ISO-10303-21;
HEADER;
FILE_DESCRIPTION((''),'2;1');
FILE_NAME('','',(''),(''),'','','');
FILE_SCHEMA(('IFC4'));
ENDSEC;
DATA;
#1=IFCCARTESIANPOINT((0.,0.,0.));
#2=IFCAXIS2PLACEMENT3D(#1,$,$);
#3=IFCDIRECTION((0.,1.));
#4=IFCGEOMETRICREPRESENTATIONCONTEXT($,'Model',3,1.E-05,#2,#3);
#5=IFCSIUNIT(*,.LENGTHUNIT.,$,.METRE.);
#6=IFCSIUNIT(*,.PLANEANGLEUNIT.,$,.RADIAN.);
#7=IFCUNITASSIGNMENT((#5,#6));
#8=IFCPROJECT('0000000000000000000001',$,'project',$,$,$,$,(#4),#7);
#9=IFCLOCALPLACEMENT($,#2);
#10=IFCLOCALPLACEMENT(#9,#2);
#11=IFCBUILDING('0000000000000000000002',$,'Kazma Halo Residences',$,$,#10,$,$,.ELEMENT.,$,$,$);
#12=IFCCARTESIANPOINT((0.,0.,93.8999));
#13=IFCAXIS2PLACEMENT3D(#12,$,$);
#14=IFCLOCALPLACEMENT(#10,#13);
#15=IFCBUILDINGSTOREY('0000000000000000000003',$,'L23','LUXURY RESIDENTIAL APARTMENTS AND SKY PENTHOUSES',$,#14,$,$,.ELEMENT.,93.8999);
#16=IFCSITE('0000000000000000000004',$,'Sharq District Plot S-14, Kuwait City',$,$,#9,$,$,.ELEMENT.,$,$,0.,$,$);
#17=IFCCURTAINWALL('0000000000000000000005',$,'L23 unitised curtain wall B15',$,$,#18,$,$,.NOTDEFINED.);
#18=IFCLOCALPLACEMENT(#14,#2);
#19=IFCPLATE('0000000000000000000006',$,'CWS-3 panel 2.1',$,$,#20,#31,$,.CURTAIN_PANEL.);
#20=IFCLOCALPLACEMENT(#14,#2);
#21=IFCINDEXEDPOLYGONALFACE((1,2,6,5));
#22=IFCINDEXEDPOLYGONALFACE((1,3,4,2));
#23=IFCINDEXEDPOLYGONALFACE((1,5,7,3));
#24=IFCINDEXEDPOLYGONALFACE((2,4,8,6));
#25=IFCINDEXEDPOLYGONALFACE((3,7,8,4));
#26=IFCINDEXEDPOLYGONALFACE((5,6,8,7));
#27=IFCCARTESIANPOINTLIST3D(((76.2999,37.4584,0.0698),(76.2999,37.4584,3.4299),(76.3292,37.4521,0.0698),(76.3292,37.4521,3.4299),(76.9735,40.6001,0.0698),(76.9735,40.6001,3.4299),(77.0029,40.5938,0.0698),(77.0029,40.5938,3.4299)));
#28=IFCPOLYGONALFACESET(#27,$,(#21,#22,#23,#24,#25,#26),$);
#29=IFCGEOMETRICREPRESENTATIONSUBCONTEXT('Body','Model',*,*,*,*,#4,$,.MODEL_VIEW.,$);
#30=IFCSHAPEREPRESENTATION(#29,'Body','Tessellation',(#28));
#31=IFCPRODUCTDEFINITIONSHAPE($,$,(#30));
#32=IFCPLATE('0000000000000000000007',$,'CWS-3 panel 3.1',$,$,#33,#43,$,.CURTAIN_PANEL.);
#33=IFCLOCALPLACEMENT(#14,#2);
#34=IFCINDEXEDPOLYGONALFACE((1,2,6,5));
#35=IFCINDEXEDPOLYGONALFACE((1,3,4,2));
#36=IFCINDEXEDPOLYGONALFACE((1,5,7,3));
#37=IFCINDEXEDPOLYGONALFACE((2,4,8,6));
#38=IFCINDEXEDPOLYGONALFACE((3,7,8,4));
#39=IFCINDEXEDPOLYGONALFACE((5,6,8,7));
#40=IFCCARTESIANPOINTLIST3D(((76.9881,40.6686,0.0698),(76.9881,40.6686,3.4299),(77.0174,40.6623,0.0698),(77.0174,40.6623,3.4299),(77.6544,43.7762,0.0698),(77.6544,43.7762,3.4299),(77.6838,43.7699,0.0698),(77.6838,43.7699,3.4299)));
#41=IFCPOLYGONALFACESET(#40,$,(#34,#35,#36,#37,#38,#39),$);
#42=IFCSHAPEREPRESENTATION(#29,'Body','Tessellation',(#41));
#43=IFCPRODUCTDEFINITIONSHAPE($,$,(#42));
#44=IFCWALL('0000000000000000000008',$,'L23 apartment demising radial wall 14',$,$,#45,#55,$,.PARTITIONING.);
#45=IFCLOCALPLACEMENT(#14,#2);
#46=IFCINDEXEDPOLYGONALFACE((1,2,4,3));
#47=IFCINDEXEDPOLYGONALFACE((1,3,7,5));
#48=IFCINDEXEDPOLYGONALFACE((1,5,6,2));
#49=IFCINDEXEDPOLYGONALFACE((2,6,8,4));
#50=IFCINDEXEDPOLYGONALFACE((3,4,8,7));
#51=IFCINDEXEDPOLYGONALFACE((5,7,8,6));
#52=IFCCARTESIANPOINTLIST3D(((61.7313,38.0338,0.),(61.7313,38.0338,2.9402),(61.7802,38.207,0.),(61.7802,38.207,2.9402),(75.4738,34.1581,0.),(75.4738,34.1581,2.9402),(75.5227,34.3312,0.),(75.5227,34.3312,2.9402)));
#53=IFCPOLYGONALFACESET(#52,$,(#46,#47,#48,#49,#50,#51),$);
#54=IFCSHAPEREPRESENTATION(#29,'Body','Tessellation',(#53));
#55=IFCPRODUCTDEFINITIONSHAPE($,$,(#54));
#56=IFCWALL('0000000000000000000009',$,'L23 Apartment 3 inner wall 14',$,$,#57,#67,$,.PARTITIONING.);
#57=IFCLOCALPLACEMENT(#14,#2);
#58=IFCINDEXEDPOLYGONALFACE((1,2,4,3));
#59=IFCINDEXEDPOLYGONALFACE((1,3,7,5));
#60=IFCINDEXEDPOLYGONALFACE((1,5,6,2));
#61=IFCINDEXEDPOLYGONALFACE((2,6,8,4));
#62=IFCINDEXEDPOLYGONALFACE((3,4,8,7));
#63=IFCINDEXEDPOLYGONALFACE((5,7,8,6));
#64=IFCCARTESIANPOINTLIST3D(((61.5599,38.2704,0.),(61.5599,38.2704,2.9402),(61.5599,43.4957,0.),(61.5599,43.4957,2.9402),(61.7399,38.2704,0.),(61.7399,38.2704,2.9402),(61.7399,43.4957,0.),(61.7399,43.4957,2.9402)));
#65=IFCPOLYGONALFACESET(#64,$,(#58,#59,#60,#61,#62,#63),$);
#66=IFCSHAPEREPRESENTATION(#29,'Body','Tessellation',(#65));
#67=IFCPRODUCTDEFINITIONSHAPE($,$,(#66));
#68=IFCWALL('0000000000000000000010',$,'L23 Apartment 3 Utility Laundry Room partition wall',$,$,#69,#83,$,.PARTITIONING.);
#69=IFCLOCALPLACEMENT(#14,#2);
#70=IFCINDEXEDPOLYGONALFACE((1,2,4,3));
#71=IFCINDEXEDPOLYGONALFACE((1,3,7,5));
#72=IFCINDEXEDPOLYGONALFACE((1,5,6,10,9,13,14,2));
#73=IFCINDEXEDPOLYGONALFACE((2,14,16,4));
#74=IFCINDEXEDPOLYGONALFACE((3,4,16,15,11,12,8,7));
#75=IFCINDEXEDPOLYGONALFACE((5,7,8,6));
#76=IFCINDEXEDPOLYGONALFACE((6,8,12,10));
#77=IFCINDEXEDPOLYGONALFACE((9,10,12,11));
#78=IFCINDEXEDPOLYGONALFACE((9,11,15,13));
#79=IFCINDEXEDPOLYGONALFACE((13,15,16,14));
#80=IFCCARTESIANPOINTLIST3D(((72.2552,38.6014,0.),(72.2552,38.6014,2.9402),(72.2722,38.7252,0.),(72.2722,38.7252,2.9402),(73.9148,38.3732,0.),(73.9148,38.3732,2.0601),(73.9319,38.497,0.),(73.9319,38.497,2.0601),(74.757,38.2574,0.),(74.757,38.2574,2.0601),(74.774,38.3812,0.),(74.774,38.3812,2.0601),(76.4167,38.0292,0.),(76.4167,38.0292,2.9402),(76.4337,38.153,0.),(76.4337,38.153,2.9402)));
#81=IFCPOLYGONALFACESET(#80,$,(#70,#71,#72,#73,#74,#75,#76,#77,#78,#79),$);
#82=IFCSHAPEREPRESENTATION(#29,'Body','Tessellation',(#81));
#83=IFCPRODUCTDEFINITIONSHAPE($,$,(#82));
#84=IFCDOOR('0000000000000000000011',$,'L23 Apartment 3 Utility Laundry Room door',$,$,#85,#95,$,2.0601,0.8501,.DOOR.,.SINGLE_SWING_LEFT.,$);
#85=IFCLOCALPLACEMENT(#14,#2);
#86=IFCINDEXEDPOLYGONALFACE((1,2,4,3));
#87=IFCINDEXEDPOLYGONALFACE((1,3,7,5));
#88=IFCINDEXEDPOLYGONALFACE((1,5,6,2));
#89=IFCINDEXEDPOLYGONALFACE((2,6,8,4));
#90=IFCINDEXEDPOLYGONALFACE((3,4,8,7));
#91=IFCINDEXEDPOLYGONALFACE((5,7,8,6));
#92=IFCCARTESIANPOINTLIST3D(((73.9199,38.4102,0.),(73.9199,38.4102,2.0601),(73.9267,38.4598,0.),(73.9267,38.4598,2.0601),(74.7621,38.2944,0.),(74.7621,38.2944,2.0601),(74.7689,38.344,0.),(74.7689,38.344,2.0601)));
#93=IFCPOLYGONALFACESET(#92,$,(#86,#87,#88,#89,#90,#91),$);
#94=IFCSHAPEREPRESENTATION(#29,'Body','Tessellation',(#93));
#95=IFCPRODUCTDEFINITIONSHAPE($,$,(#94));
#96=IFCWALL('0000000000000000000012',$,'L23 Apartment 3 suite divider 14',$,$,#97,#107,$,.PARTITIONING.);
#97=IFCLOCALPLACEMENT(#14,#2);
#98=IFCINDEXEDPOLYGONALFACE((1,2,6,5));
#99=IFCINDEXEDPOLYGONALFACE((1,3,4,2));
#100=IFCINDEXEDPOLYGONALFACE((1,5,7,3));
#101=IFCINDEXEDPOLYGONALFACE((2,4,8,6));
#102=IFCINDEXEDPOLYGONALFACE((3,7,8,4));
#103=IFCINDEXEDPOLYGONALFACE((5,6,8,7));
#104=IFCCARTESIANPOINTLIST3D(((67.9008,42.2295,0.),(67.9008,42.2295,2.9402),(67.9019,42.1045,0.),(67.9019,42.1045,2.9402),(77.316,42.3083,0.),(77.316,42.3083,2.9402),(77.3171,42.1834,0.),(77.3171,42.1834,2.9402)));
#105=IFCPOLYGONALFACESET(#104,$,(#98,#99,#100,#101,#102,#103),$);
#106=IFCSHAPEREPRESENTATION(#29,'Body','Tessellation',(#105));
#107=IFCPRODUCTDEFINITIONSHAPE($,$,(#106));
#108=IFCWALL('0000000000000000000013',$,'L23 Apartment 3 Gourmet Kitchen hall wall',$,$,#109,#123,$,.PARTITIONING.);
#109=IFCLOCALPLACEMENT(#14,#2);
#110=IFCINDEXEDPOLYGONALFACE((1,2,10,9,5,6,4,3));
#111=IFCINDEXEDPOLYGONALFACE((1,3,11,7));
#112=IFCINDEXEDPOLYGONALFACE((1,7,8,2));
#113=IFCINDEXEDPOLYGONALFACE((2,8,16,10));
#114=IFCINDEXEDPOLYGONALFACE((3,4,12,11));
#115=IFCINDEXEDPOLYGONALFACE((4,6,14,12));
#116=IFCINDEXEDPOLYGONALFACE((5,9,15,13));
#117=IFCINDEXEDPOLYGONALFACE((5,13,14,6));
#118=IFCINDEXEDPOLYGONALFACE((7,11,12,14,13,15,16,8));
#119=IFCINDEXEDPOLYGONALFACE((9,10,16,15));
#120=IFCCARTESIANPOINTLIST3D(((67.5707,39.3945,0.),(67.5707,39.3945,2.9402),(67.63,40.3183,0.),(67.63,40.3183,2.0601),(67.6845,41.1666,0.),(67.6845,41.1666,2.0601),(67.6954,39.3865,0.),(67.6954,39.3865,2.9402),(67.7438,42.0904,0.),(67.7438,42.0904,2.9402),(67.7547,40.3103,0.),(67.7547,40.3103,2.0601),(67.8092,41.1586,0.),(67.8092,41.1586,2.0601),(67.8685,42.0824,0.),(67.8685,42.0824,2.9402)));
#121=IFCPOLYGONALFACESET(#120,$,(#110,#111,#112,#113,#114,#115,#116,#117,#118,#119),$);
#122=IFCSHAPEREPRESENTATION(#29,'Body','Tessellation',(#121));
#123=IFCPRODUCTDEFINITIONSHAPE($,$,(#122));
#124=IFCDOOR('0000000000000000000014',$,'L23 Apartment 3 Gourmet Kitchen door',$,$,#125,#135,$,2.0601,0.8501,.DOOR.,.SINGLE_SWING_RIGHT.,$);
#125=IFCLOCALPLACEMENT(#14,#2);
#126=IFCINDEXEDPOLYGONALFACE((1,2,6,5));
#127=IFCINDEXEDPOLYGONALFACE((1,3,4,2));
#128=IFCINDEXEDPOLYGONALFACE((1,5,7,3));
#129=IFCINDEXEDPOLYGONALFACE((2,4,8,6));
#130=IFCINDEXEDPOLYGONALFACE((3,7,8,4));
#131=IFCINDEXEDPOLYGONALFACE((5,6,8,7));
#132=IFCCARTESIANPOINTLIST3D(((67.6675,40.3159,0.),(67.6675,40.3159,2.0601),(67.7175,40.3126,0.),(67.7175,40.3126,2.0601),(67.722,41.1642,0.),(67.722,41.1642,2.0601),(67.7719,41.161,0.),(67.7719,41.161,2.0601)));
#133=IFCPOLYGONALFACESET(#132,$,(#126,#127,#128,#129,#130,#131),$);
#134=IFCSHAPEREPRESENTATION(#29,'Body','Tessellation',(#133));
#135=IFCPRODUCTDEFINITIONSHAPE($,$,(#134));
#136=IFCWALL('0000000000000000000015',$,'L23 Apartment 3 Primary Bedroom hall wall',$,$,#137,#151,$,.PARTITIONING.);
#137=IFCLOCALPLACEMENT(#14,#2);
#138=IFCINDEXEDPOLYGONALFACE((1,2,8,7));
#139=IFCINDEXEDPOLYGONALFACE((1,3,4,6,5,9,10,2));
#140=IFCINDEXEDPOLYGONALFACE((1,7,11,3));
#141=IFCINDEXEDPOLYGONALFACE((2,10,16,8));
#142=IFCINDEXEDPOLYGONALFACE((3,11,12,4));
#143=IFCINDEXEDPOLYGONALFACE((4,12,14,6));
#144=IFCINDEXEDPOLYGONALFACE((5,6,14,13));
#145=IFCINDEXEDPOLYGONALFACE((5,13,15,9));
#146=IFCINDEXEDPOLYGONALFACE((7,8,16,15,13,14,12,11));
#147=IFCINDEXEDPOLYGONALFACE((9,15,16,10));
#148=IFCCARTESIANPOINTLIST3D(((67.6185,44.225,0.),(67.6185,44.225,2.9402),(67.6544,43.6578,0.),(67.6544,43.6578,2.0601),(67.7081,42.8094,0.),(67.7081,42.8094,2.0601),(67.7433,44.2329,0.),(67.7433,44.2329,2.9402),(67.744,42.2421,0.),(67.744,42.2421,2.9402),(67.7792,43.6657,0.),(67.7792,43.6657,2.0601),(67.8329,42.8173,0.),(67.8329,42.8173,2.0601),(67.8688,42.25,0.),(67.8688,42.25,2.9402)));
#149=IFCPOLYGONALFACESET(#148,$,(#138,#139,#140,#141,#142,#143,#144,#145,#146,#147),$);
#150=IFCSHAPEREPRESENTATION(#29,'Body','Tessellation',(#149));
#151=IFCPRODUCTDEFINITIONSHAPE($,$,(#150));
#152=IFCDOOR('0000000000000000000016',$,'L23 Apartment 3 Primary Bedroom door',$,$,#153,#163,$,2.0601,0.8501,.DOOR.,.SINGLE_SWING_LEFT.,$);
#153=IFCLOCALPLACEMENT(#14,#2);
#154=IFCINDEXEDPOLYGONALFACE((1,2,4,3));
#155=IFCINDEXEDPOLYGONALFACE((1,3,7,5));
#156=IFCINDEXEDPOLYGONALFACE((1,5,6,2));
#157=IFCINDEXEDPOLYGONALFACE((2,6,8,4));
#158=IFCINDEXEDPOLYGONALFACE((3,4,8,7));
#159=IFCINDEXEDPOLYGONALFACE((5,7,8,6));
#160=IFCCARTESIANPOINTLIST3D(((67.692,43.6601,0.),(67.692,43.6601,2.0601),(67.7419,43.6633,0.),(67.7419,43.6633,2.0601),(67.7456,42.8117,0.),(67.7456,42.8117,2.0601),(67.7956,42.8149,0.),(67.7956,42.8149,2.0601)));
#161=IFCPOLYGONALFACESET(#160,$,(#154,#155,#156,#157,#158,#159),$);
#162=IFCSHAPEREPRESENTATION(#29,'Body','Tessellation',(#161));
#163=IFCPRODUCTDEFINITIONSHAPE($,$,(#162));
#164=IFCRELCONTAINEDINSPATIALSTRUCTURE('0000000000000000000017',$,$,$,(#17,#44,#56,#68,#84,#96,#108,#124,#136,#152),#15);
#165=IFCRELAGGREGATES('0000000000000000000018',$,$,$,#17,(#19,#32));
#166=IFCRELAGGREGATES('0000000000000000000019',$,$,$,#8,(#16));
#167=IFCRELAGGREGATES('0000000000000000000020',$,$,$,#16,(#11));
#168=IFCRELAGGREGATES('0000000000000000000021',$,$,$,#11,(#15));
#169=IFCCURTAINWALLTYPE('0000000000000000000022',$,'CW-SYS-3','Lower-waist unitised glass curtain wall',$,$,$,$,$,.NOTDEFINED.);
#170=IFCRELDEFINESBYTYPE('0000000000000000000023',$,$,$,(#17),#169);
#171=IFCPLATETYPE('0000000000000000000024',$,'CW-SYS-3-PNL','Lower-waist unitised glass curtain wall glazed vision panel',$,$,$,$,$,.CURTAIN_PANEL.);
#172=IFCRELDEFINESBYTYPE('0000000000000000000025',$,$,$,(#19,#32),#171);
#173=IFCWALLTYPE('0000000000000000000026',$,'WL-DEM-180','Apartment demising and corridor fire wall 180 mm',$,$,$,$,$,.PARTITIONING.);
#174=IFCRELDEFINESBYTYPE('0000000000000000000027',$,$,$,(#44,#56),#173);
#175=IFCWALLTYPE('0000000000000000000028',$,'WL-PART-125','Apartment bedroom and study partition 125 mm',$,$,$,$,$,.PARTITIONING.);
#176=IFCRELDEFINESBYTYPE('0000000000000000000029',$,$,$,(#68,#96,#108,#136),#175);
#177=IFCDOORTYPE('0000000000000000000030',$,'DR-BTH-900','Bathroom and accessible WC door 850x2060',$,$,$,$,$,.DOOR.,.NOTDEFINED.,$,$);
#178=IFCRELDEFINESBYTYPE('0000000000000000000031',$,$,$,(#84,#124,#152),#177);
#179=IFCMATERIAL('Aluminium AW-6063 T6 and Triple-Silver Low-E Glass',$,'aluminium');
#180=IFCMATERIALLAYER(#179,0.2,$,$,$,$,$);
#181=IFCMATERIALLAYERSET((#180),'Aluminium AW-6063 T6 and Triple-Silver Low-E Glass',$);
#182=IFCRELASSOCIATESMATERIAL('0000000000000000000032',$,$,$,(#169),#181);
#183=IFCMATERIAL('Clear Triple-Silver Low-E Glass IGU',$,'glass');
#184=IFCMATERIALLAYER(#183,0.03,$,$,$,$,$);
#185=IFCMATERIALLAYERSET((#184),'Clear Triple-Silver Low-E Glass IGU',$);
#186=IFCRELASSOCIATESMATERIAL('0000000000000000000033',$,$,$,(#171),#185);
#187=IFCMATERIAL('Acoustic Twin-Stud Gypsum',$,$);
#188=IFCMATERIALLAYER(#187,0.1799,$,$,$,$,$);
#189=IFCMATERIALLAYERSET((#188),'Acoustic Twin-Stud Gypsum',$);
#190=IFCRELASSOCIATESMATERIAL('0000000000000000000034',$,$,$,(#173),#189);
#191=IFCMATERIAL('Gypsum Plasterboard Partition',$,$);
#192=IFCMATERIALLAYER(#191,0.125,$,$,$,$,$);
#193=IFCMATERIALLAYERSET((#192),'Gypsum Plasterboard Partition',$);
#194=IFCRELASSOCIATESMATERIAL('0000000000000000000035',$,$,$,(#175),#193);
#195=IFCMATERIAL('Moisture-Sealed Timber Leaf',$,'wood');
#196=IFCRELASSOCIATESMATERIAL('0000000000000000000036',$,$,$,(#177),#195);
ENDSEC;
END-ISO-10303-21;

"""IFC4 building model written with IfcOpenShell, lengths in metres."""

from ifc_helpers import new_model, si_unit, direction, frame, frame_2d, origin, origin_2d, place, context, subcontext, project, spatial, rectangle, extrude, material, layer, layer_set, type_object, element, fill, aggregate, save


model = new_model("IFC4")

# Units and contexts
model_context = context("Model", 3, precision=1e-05, world=origin(), true_north=direction((0.0, 1.0)))
body_context = subcontext(model_context, "Body", "Model", "MODEL_VIEW")
ifc_project = project(units=[si_unit("LENGTHUNIT", "METRE"), si_unit("PLANEANGLEUNIT", "RADIAN")], contexts=[model_context])

# Site, building, storey
site_placement = place(None, origin())
site = spatial("IfcSite", under=ifc_project, at=site_placement, Name="Sharq District Plot S-14, Kuwait City", CompositionType="ELEMENT", RefElevation=0.0)
building_placement = place(site_placement, origin())
building = spatial("IfcBuilding", under=site, at=building_placement, Name="Kazma Halo Residences", CompositionType="ELEMENT")
storey_placement = place(building_placement, frame((0.0, 0.0, 93.8999)))
storey = spatial("IfcBuildingStorey", under=building, at=storey_placement, Name="L23", Description="LUXURY RESIDENTIAL APARTMENTS AND SKY PENTHOUSES", CompositionType="ELEMENT", Elevation=93.8999)

# Curtain wall, plates
ifc_material_1 = material(Name="Aluminium AW-6063 T6 and Triple-Silver Low-E Glass", Category="aluminium")
ifc_layer_1 = layer(ifc_material_1, 0.2)
ifc_layer_set_1 = layer_set([ifc_layer_1], Name="Aluminium AW-6063 T6 and Triple-Silver Low-E Glass")
curtain_wall_type = type_object("IfcCurtainWallType", Name="CW-SYS-3", Description="Lower-waist unitised glass curtain wall", PredefinedType="NOTDEFINED", material=ifc_layer_set_1)
curtain_wall_placement = place(storey_placement, origin())
curtain_wall = element("IfcCurtainWall", 1, at=curtain_wall_placement, inside=storey, type_object=curtain_wall_type, Name="L23 unitised curtain wall B15", PredefinedType="NOTDEFINED")
ifc_material_2 = material(Name="Clear Triple-Silver Low-E Glass IGU", Category="glass")
ifc_layer_2 = layer(ifc_material_2, 0.03)
ifc_layer_set_2 = layer_set([ifc_layer_2], Name="Clear Triple-Silver Low-E Glass IGU")
plate_type = type_object("IfcPlateType", Name="CW-SYS-3-PNL", Description="Lower-waist unitised glass curtain wall glazed vision panel", PredefinedType="CURTAIN_PANEL", material=ifc_layer_set_2)
plate_1_placement = place(storey_placement, frame((76.6514, 39.0261, 0.0698), z_axis=(0.0, 0.0, 1.0), x_axis=(0.209661, 0.977774, 0.0)))
plate_1 = element("IfcPlate", 2, at=plate_1_placement, type_object=plate_type, Name="CWS-3 panel 2.1", PredefinedType="CURTAIN_PANEL", context=body_context, shape_type="SweptSolid", body=[
    extrude(rectangle(XDim=3.2131, YDim=0.03, at=origin_2d()), origin(), (0.0, 0.0, 1.0), 3.3601),
])
plate_2_placement = place(storey_placement, frame((77.3359, 42.2192, 0.0698), z_axis=(0.0, 0.0, 1.0), x_axis=(0.209661, 0.977774, 0.0)))
plate_2 = element("IfcPlate", 3, at=plate_2_placement, type_object=plate_type, Name="CWS-3 panel 3.1", PredefinedType="CURTAIN_PANEL", context=body_context, shape_type="SweptSolid", body=[
    extrude(rectangle(XDim=3.1782, YDim=0.03, at=origin_2d()), origin(), (0.0, 0.0, 1.0), 3.3601),
])
aggregate(curtain_wall, [plate_1, plate_2])

# Walls
ifc_material_3 = material(Name="Acoustic Twin-Stud Gypsum")
ifc_layer_3 = layer(ifc_material_3, 0.1799)
ifc_layer_set_3 = layer_set([ifc_layer_3], Name="Acoustic Twin-Stud Gypsum")
wall_type_1 = type_object("IfcWallType", Name="WL-DEM-180", Description="Apartment demising and corridor fire wall 180 mm", PredefinedType="PARTITIONING", material=ifc_layer_set_3)
wall_1_placement = place(storey_placement, frame((61.7559, 38.1204, 0.0), z_axis=(0.0, 0.0, 1.0), x_axis=(0.962456, -0.271438, 0.0)))
element("IfcWall", 4, at=wall_1_placement, inside=storey, type_object=wall_type_1, Name="L23 apartment demising radial wall 14", PredefinedType="PARTITIONING", context=body_context, shape_type="SweptSolid", body=[
    extrude(rectangle(XDim=14.2786, YDim=0.1799, at=frame_2d((7.1392, 0.0))), origin(), (0.0, 0.0, 1.0), 2.9402),
])
wall_2_placement = place(storey_placement, frame((61.6499, 38.2703, 0.0), z_axis=(0.0, 0.0, 1.0), x_axis=(0.0, 1.0, 0.0)))
element("IfcWall", 5, at=wall_2_placement, inside=storey, type_object=wall_type_1, Name="L23 Apartment 3 inner wall 14", PredefinedType="PARTITIONING", context=body_context, shape_type="SweptSolid", body=[
    extrude(rectangle(XDim=5.2253, YDim=0.1799, at=frame_2d((2.6128, 0.0))), origin(), (0.0, 0.0, 1.0), 2.9402),
])

# Wall, opening, door
ifc_material_4 = material(Name="Gypsum Plasterboard Partition")
ifc_layer_4 = layer(ifc_material_4, 0.125)
ifc_layer_set_4 = layer_set([ifc_layer_4], Name="Gypsum Plasterboard Partition")
wall_type_2 = type_object("IfcWallType", Name="WL-PART-125", Description="Apartment bedroom and study partition 125 mm", PredefinedType="PARTITIONING", material=ifc_layer_set_4)
wall_3_placement = place(storey_placement, frame((72.2637, 38.6633, 0.0), z_axis=(0.0, 0.0, 1.0), x_axis=(0.990677, -0.136228, 0.0)))
wall_3 = element("IfcWall", 6, at=wall_3_placement, inside=storey, type_object=wall_type_2, Name="L23 Apartment 3 Utility Laundry Room partition wall", PredefinedType="PARTITIONING", context=body_context, shape_type="SweptSolid", body=[
    extrude(rectangle(XDim=4.2007, YDim=0.125, at=frame_2d((2.1003, 0.0))), origin(), (0.0, 0.0, 1.0), 2.9402),
])
opening_1_placement = place(wall_3_placement, frame((1.6753, 0.0, 0.0)))
opening_1 = element("IfcOpeningElement", 7, at=opening_1_placement, cuts=wall_3, PredefinedType="OPENING", context=body_context, shape_type="SweptSolid", body=[
    extrude(rectangle(XDim=0.8501, YDim=2.0601, at=frame_2d((0.425, 1.03))), frame((0.0, 0.0725, 0.0), z_axis=(0.0, -1.0, 0.0), x_axis=(1.0, 0.0, 0.0)), (0.0, 0.0, 1.0), 0.145),
])
ifc_material_5 = material(Name="Moisture-Sealed Timber Leaf", Category="wood")
door_type = type_object("IfcDoorType", Name="DR-BTH-900", Description="Bathroom and accessible WC door 850x2060", OperationType="NOTDEFINED", PredefinedType="DOOR", material=ifc_material_5)
door_1_placement = place(opening_1_placement, origin())
door_1 = element("IfcDoor", 8, at=door_1_placement, inside=storey, type_object=door_type, Name="L23 Apartment 3 Utility Laundry Room door", OperationType="SINGLE_SWING_LEFT", OverallHeight=2.0601, OverallWidth=0.8501, PredefinedType="DOOR", context=body_context, shape_type="SweptSolid", body=[
    extrude(rectangle(XDim=0.8501, YDim=2.0601, at=frame_2d((0.425, 1.03))), frame((0.0, 0.0249, 0.0), z_axis=(0.0, -1.0, 0.0), x_axis=(1.0, 0.0, 0.0)), (0.0, 0.0, 1.0), 0.05),
])
fill(opening_1, door_1)

# Wall
wall_4_placement = place(storey_placement, frame((67.9014, 42.167, 0.0), z_axis=(0.0, 0.0, 1.0), x_axis=(0.999965, 0.008375, 0.0)))
element("IfcWall", 9, at=wall_4_placement, inside=storey, type_object=wall_type_2, Name="L23 Apartment 3 suite divider 14", PredefinedType="PARTITIONING", context=body_context, shape_type="SweptSolid", body=[
    extrude(rectangle(XDim=9.4155, YDim=0.125, at=frame_2d((4.7078, 0.0))), origin(), (0.0, 0.0, 1.0), 2.9402),
])

# Walls, openings, doors
wall_5_placement = place(storey_placement, frame((67.6331, 39.3906, 0.0), z_axis=(0.0, 0.0, 1.0), x_axis=(0.064077, 0.997945, 0.0)))
wall_5 = element("IfcWall", 10, at=wall_5_placement, inside=storey, type_object=wall_type_2, Name="L23 Apartment 3 Gourmet Kitchen hall wall", PredefinedType="PARTITIONING", context=body_context, shape_type="SweptSolid", body=[
    extrude(rectangle(XDim=2.7014, YDim=0.125, at=frame_2d((1.3506, 0.0))), origin(), (0.0, 0.0, 1.0), 2.9402),
])
opening_2_placement = place(wall_5_placement, frame((0.9255, 0.0, 0.0)))
opening_2 = element("IfcOpeningElement", 11, at=opening_2_placement, cuts=wall_5, PredefinedType="OPENING", context=body_context, shape_type="SweptSolid", body=[
    extrude(rectangle(XDim=0.8501, YDim=2.0601, at=frame_2d((0.425, 1.03))), frame((0.0, 0.0725, 0.0), z_axis=(0.0, -1.0, 0.0), x_axis=(1.0, 0.0, 0.0)), (0.0, 0.0, 1.0), 0.145),
])
door_2_placement = place(opening_2_placement, origin())
door_2 = element("IfcDoor", 12, at=door_2_placement, inside=storey, type_object=door_type, Name="L23 Apartment 3 Gourmet Kitchen door", OperationType="SINGLE_SWING_RIGHT", OverallHeight=2.0601, OverallWidth=0.8501, PredefinedType="DOOR", context=body_context, shape_type="SweptSolid", body=[
    extrude(rectangle(XDim=0.8501, YDim=2.0601, at=frame_2d((0.425, 1.03))), frame((0.0, 0.0249, 0.0), z_axis=(0.0, -1.0, 0.0), x_axis=(1.0, 0.0, 0.0)), (0.0, 0.0, 1.0), 0.05),
])
fill(opening_2, door_2)
wall_6_placement = place(storey_placement, frame((67.8064, 42.2461, 0.0), z_axis=(0.0, 0.0, 1.0), x_axis=(-0.063159, 0.998004, 0.0)))
wall_6 = element("IfcWall", 13, at=wall_6_placement, inside=storey, type_object=wall_type_2, Name="L23 Apartment 3 Primary Bedroom hall wall", PredefinedType="PARTITIONING", context=body_context, shape_type="SweptSolid", body=[
    extrude(rectangle(XDim=1.9868, YDim=0.125, at=frame_2d((0.9934, 0.0))), origin(), (0.0, 0.0, 1.0), 2.9402),
])
opening_3_placement = place(wall_6_placement, frame((0.5684, 0.0, 0.0)))
opening_3 = element("IfcOpeningElement", 14, at=opening_3_placement, cuts=wall_6, PredefinedType="OPENING", context=body_context, shape_type="SweptSolid", body=[
    extrude(rectangle(XDim=0.8501, YDim=2.0601, at=frame_2d((0.425, 1.03))), frame((0.0, 0.0725, 0.0), z_axis=(0.0, -1.0, 0.0), x_axis=(1.0, 0.0, 0.0)), (0.0, 0.0, 1.0), 0.145),
])
door_3_placement = place(opening_3_placement, origin())
door_3 = element("IfcDoor", 15, at=door_3_placement, inside=storey, type_object=door_type, Name="L23 Apartment 3 Primary Bedroom door", OperationType="SINGLE_SWING_LEFT", OverallHeight=2.0601, OverallWidth=0.8501, PredefinedType="DOOR", context=body_context, shape_type="SweptSolid", body=[
    extrude(rectangle(XDim=0.8501, YDim=2.0601, at=frame_2d((0.425, 1.03))), frame((0.0, 0.0249, 0.0), z_axis=(0.0, -1.0, 0.0), x_axis=(1.0, 0.0, 0.0)), (0.0, 0.0, 1.0), 0.05),
])
fill(opening_3, door_3)

save(model, "model.ifc")
